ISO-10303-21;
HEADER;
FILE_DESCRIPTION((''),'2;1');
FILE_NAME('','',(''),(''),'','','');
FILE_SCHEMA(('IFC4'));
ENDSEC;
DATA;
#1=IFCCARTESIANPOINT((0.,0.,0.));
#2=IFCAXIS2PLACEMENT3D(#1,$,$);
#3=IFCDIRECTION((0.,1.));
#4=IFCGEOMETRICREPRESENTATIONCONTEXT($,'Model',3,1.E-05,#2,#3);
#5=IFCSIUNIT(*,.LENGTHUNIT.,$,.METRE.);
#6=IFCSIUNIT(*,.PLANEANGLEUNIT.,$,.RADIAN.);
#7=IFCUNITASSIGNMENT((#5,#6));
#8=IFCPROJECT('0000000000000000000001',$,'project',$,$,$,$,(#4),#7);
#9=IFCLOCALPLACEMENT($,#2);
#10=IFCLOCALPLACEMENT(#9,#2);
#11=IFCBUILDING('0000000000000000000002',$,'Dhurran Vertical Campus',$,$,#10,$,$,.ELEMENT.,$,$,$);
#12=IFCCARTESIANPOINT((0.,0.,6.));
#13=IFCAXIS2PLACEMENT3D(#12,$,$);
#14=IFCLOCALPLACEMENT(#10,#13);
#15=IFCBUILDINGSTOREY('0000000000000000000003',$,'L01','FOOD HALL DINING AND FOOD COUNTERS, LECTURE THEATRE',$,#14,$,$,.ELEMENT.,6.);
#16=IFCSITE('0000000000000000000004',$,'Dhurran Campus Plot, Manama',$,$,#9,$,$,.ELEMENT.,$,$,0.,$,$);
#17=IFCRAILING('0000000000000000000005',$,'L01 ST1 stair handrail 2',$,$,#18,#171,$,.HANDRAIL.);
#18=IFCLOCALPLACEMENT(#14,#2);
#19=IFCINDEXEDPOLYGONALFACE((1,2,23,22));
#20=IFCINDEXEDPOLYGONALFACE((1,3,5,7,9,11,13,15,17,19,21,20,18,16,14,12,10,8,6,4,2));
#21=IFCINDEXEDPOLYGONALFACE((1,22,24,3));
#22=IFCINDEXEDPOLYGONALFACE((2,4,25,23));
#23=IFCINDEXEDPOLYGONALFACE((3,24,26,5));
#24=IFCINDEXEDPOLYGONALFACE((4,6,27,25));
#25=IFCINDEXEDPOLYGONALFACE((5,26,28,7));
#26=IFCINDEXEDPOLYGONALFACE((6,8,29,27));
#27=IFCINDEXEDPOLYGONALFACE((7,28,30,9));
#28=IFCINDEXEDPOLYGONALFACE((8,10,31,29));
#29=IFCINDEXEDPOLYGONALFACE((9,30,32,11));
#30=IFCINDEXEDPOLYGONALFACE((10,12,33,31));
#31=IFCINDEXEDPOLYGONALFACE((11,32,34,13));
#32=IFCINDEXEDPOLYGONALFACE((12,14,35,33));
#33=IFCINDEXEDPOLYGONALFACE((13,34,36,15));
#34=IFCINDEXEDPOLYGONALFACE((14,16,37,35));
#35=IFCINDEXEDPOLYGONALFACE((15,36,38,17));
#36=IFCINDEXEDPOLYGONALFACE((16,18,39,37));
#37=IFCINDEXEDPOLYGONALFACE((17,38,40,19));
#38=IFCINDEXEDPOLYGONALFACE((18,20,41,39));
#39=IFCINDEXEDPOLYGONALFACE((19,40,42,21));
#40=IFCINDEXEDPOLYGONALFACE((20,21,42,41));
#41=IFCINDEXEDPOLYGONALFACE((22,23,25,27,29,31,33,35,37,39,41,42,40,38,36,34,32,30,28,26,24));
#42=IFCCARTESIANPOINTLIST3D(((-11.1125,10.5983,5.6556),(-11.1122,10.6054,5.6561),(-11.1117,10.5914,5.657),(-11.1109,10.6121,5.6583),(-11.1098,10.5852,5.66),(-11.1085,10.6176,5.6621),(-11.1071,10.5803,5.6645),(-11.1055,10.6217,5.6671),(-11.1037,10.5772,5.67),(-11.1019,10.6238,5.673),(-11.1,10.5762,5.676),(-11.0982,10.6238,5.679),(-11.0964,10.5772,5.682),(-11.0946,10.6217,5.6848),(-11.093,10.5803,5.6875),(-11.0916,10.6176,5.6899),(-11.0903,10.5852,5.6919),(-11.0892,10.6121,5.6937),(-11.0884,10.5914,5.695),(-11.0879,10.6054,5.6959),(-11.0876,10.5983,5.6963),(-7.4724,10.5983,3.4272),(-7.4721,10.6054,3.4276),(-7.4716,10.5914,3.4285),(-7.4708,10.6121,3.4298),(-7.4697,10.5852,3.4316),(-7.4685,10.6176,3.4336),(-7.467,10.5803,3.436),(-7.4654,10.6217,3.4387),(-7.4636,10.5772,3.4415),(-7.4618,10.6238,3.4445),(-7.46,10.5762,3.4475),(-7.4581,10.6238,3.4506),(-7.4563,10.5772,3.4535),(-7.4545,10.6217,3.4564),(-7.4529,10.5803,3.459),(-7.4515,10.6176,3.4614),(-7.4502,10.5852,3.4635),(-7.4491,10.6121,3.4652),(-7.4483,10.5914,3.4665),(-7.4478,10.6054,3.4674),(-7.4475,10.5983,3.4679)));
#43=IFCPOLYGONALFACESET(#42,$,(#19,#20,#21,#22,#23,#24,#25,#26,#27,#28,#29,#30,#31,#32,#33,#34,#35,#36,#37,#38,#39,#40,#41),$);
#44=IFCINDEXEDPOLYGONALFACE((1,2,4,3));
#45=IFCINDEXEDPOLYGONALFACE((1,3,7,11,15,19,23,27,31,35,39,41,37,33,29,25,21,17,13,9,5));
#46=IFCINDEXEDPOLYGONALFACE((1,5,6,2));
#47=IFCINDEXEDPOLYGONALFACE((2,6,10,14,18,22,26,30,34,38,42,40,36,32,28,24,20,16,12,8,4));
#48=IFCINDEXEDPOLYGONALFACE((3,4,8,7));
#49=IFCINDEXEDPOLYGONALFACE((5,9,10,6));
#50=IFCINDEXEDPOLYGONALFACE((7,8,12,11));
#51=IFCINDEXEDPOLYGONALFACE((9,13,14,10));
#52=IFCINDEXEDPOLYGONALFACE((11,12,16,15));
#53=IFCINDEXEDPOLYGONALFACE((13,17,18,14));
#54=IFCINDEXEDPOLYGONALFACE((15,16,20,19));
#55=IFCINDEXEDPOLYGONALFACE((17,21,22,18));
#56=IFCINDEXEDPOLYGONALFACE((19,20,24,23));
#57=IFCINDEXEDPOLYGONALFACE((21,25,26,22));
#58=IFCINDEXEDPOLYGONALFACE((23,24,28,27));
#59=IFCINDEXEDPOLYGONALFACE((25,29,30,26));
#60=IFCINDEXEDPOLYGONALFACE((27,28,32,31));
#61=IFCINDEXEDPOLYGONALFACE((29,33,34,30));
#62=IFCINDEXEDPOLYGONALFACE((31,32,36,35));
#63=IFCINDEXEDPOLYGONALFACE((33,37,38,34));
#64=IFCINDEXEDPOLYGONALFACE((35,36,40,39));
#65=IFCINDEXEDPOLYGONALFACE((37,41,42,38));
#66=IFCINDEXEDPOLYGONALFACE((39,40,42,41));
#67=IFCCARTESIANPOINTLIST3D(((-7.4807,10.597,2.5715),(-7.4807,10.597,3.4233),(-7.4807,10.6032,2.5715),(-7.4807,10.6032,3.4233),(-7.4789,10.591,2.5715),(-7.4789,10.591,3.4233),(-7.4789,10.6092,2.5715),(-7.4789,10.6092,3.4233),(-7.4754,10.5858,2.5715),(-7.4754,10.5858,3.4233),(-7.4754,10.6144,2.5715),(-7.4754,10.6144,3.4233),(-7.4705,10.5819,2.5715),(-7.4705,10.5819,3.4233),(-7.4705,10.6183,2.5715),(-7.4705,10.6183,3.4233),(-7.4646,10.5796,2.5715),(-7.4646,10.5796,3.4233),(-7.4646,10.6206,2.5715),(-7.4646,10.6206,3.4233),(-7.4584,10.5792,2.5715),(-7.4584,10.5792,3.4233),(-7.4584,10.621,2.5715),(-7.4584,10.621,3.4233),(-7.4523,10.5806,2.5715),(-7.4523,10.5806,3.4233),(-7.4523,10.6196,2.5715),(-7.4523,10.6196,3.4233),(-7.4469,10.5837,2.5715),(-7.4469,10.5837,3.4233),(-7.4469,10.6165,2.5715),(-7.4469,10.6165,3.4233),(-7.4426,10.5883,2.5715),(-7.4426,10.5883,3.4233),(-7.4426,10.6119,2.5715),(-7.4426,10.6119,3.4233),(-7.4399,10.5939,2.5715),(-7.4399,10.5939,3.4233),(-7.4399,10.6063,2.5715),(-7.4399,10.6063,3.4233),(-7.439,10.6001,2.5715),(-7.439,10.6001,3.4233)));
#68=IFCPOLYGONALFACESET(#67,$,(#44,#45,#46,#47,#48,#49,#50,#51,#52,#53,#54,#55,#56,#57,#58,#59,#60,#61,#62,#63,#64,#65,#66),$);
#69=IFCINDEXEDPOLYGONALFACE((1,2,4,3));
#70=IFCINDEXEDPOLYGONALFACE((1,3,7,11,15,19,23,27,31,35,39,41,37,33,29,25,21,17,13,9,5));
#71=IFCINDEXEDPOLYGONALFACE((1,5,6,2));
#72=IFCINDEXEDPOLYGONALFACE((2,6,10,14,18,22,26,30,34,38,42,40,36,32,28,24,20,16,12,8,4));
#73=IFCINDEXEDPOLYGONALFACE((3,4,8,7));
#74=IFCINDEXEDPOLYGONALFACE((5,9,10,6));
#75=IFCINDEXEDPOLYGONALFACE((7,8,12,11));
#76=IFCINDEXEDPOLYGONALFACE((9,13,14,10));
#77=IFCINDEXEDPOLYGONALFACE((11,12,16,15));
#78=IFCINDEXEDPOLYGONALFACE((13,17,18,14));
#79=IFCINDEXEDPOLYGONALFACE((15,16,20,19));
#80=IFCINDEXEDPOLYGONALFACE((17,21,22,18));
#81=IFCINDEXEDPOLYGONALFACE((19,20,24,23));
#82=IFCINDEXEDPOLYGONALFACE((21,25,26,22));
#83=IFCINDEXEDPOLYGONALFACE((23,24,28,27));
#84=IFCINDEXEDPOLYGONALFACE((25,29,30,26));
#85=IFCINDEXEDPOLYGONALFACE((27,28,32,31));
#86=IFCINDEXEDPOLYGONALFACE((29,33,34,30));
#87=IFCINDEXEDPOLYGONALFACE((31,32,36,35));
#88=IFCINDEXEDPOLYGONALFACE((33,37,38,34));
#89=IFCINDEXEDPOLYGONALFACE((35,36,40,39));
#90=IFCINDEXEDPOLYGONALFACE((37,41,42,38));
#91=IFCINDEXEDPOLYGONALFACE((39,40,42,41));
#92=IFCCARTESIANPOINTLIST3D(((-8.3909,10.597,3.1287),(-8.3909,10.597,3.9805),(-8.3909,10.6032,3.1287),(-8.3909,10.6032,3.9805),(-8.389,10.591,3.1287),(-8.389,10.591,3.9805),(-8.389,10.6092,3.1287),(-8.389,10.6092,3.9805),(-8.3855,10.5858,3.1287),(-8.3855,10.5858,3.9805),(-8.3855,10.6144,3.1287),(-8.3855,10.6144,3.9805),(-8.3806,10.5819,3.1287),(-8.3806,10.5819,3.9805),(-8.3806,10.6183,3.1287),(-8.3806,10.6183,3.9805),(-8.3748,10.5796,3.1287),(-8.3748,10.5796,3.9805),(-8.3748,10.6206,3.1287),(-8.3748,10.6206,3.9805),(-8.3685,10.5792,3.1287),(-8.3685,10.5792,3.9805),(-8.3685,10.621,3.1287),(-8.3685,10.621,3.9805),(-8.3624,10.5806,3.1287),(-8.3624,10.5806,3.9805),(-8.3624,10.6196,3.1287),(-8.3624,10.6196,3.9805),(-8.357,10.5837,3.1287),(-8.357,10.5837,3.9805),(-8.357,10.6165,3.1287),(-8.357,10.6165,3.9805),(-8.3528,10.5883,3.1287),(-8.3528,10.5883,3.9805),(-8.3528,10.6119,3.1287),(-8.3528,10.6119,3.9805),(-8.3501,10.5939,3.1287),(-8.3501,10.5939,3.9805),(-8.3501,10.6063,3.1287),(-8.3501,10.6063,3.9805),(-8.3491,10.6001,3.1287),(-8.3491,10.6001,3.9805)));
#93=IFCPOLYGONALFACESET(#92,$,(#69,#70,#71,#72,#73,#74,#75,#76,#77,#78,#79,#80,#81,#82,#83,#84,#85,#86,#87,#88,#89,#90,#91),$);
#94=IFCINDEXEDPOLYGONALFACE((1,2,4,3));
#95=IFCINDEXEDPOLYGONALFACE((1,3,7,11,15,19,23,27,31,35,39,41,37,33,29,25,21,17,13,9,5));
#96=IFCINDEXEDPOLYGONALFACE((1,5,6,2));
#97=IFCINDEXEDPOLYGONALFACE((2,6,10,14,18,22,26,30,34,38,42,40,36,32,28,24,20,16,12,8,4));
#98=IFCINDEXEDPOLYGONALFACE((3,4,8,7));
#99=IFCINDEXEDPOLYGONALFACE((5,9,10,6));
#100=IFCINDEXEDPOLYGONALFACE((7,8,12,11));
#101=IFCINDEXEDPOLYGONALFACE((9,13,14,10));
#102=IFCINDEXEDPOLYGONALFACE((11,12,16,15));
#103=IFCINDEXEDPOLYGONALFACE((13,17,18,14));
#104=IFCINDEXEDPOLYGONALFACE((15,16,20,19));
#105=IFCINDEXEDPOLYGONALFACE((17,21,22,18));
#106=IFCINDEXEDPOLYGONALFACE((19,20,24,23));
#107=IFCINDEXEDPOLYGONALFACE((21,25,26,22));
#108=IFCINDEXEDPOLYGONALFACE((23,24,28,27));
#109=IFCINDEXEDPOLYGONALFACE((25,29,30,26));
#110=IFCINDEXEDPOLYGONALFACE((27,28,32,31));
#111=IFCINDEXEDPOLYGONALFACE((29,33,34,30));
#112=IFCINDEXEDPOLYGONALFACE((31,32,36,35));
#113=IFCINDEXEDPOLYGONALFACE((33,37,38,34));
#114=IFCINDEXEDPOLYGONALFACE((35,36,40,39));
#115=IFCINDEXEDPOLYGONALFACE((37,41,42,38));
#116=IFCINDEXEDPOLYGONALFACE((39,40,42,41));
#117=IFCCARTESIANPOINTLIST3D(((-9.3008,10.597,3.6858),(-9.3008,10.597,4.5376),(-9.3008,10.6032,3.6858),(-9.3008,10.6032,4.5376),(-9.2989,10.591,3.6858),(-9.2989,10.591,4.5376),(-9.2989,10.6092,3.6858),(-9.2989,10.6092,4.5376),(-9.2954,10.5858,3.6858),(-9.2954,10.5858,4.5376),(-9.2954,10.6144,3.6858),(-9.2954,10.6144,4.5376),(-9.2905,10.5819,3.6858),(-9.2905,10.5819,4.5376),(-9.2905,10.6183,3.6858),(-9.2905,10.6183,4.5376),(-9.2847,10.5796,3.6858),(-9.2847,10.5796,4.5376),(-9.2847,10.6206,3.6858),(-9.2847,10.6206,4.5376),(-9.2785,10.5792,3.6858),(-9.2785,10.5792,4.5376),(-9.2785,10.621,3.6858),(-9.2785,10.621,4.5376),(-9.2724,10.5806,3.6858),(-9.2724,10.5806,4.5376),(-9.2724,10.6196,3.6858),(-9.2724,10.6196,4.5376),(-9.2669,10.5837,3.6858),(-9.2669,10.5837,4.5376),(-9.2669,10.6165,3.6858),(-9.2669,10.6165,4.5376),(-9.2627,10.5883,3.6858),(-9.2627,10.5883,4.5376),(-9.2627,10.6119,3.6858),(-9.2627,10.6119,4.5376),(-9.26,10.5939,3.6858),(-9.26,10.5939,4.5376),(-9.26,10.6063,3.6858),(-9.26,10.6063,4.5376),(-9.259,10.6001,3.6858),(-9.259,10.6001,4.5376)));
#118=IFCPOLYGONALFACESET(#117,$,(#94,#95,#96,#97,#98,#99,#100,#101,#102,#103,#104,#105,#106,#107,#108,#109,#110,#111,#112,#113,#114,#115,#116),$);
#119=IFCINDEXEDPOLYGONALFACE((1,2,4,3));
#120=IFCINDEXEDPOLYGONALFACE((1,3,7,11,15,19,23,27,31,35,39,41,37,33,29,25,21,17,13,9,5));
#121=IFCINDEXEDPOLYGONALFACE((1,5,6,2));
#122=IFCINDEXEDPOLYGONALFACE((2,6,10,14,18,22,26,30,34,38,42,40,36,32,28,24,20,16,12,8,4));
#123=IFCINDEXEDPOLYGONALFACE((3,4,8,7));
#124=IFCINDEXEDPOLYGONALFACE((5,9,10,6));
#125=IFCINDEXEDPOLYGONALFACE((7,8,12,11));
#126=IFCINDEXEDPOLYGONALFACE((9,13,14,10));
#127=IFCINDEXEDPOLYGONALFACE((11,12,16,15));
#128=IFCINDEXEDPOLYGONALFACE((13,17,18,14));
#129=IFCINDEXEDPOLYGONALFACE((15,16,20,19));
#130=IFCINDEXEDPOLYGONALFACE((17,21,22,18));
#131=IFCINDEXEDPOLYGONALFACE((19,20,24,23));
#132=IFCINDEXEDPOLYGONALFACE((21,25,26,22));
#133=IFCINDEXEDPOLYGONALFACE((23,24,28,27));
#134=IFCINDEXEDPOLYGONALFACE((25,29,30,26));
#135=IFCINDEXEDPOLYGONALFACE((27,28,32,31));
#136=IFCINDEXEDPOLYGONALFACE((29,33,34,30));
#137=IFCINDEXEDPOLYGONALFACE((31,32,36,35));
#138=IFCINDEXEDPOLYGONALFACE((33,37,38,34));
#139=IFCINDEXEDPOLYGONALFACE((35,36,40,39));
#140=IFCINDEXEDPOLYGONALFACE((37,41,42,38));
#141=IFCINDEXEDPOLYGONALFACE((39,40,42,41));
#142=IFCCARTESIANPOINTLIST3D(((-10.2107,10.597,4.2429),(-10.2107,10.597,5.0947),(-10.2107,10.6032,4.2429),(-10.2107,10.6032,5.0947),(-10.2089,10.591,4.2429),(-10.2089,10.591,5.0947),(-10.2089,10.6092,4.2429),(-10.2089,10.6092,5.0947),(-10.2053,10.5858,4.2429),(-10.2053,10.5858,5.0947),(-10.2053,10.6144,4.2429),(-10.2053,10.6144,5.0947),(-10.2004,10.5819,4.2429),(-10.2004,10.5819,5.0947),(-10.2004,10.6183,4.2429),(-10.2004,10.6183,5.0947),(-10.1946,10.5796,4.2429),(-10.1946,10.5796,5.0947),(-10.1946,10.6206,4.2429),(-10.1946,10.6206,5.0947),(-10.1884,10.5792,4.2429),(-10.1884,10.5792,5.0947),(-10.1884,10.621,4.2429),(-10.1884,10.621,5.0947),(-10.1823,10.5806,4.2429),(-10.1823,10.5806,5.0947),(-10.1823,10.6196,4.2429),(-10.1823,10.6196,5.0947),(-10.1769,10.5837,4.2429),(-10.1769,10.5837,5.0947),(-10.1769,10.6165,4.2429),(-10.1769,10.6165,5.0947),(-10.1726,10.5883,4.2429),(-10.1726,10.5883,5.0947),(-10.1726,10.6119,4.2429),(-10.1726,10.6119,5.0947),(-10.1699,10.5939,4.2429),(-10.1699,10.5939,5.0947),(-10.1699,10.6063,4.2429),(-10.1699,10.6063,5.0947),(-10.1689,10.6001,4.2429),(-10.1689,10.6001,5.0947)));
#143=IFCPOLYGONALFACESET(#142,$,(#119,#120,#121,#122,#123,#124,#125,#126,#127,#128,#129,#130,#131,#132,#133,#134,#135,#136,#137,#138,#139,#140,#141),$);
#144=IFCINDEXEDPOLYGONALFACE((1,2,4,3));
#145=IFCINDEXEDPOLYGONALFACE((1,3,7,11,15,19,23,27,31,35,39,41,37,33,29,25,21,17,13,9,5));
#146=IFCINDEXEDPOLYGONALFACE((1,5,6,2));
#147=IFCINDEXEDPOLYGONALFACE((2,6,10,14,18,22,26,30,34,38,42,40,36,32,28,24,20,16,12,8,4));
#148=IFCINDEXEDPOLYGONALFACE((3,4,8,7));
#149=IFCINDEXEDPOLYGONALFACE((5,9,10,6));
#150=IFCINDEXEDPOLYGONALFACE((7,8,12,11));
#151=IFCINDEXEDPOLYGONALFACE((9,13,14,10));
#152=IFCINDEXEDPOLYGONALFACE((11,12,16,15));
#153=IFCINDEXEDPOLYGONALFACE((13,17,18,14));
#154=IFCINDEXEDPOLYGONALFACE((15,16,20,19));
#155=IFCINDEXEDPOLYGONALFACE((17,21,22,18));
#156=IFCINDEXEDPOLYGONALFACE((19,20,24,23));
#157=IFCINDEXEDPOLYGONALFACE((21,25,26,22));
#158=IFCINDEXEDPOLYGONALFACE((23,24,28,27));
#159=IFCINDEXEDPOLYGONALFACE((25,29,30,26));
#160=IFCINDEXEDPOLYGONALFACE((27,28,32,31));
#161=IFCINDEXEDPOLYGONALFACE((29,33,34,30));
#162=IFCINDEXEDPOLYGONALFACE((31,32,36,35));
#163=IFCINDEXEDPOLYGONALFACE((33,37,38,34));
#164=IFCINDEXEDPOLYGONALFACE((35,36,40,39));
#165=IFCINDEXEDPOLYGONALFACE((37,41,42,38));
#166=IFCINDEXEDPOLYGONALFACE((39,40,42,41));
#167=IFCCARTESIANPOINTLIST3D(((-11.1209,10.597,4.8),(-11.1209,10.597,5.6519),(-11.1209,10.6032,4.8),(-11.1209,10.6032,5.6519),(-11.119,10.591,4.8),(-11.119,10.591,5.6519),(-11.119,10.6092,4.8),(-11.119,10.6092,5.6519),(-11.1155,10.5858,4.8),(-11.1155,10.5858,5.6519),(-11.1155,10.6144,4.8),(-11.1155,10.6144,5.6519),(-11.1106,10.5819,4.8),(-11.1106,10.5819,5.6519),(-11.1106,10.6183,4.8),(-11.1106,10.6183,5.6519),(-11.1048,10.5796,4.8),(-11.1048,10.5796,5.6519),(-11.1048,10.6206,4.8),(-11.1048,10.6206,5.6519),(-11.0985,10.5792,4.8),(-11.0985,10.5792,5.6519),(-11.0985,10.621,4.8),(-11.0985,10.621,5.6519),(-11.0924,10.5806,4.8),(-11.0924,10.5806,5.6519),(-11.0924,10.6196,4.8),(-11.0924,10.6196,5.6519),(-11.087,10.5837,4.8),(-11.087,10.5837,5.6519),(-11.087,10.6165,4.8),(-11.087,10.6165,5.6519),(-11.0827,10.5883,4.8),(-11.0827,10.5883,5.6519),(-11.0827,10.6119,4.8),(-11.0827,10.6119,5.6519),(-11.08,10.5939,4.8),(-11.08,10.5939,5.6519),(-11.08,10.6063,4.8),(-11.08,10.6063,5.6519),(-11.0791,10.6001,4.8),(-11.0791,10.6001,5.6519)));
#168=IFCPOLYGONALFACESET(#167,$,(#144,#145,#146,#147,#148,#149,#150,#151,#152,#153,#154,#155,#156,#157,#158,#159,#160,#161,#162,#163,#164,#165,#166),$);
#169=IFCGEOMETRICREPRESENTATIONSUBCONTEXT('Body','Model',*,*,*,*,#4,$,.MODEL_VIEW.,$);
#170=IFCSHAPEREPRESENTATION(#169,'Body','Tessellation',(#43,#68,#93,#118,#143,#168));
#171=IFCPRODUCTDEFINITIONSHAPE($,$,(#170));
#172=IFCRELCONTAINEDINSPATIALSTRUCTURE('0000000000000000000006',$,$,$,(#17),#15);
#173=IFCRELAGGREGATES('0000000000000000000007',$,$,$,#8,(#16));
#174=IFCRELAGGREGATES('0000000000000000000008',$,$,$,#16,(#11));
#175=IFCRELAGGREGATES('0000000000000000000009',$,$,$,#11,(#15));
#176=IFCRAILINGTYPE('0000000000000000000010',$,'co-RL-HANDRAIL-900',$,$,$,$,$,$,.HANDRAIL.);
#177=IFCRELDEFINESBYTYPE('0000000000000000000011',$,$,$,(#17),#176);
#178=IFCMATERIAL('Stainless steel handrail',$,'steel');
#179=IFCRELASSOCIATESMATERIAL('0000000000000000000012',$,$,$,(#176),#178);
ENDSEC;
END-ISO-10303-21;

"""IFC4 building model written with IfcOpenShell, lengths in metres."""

from ifc_helpers import new_model, si_unit, direction, frame, origin, origin_2d, place, context, subcontext, project, spatial, circle, extrude, material, type_object, element, save


model = new_model("IFC4")

# Units and contexts
model_context = context("Model", 3, precision=1e-05, world=origin(), true_north=direction((0.0, 1.0)))
body_context = subcontext(model_context, "Body", "Model", "MODEL_VIEW")
ifc_project = project(units=[si_unit("LENGTHUNIT", "METRE"), si_unit("PLANEANGLEUNIT", "RADIAN")], contexts=[model_context])

# Site, building, storey
site_placement = place(None, origin())
site = spatial("IfcSite", under=ifc_project, at=site_placement, Name="Dhurran Campus Plot, Manama", CompositionType="ELEMENT", RefElevation=0.0)
building_placement = place(site_placement, origin())
building = spatial("IfcBuilding", under=site, at=building_placement, Name="Dhurran Vertical Campus", CompositionType="ELEMENT")
storey_placement = place(building_placement, frame((0.0, 0.0, 6.0)))
storey = spatial("IfcBuildingStorey", under=building, at=storey_placement, Name="L01", Description="FOOD HALL DINING AND FOOD COUNTERS, LECTURE THEATRE", CompositionType="ELEMENT", Elevation=6.0)

# Railing
ifc_material_1 = material(Name="Stainless steel handrail", Category="steel")
railing_type_1 = type_object("IfcRailingType", Name="co-RL-HANDRAIL-900", PredefinedType="HANDRAIL", material=ifc_material_1)
railing_1_placement = place(storey_placement, frame((-7.46, 10.6001, 2.5715)))
element("IfcRailing", 1, at=railing_1_placement, inside=storey, type_object=railing_type_1, Name="L01 ST1 stair handrail 2", PredefinedType="HANDRAIL", context=body_context, shape_type="SweptSolid", body=[
    extrude(circle(Radius=0.0239, at=origin_2d()), frame((0.0, 0.0, 0.876), z_axis=(-0.852866, 0.0, 0.52213), x_axis=(0.0, -1.0, 0.0)), (0.0, 0.0, 1.0), 4.2681),
    extrude(circle(Radius=0.021, at=origin_2d()), origin(), (0.0, 0.0, 1.0), 0.8518),
    extrude(circle(Radius=0.021, at=origin_2d()), frame((-0.9102, 0.0, 0.5571)), (0.0, 0.0, 1.0), 0.8518),
    extrude(circle(Radius=0.021, at=origin_2d()), frame((-1.8201, 0.0, 1.1143)), (0.0, 0.0, 1.0), 0.8518),
    extrude(circle(Radius=0.021, at=origin_2d()), frame((-2.73, 0.0, 1.6714)), (0.0, 0.0, 1.0), 0.8518),
    extrude(circle(Radius=0.021, at=origin_2d()), frame((-3.6401, 0.0, 2.2285)), (0.0, 0.0, 1.0), 0.8518),
])

save(model, "model.ifc")
